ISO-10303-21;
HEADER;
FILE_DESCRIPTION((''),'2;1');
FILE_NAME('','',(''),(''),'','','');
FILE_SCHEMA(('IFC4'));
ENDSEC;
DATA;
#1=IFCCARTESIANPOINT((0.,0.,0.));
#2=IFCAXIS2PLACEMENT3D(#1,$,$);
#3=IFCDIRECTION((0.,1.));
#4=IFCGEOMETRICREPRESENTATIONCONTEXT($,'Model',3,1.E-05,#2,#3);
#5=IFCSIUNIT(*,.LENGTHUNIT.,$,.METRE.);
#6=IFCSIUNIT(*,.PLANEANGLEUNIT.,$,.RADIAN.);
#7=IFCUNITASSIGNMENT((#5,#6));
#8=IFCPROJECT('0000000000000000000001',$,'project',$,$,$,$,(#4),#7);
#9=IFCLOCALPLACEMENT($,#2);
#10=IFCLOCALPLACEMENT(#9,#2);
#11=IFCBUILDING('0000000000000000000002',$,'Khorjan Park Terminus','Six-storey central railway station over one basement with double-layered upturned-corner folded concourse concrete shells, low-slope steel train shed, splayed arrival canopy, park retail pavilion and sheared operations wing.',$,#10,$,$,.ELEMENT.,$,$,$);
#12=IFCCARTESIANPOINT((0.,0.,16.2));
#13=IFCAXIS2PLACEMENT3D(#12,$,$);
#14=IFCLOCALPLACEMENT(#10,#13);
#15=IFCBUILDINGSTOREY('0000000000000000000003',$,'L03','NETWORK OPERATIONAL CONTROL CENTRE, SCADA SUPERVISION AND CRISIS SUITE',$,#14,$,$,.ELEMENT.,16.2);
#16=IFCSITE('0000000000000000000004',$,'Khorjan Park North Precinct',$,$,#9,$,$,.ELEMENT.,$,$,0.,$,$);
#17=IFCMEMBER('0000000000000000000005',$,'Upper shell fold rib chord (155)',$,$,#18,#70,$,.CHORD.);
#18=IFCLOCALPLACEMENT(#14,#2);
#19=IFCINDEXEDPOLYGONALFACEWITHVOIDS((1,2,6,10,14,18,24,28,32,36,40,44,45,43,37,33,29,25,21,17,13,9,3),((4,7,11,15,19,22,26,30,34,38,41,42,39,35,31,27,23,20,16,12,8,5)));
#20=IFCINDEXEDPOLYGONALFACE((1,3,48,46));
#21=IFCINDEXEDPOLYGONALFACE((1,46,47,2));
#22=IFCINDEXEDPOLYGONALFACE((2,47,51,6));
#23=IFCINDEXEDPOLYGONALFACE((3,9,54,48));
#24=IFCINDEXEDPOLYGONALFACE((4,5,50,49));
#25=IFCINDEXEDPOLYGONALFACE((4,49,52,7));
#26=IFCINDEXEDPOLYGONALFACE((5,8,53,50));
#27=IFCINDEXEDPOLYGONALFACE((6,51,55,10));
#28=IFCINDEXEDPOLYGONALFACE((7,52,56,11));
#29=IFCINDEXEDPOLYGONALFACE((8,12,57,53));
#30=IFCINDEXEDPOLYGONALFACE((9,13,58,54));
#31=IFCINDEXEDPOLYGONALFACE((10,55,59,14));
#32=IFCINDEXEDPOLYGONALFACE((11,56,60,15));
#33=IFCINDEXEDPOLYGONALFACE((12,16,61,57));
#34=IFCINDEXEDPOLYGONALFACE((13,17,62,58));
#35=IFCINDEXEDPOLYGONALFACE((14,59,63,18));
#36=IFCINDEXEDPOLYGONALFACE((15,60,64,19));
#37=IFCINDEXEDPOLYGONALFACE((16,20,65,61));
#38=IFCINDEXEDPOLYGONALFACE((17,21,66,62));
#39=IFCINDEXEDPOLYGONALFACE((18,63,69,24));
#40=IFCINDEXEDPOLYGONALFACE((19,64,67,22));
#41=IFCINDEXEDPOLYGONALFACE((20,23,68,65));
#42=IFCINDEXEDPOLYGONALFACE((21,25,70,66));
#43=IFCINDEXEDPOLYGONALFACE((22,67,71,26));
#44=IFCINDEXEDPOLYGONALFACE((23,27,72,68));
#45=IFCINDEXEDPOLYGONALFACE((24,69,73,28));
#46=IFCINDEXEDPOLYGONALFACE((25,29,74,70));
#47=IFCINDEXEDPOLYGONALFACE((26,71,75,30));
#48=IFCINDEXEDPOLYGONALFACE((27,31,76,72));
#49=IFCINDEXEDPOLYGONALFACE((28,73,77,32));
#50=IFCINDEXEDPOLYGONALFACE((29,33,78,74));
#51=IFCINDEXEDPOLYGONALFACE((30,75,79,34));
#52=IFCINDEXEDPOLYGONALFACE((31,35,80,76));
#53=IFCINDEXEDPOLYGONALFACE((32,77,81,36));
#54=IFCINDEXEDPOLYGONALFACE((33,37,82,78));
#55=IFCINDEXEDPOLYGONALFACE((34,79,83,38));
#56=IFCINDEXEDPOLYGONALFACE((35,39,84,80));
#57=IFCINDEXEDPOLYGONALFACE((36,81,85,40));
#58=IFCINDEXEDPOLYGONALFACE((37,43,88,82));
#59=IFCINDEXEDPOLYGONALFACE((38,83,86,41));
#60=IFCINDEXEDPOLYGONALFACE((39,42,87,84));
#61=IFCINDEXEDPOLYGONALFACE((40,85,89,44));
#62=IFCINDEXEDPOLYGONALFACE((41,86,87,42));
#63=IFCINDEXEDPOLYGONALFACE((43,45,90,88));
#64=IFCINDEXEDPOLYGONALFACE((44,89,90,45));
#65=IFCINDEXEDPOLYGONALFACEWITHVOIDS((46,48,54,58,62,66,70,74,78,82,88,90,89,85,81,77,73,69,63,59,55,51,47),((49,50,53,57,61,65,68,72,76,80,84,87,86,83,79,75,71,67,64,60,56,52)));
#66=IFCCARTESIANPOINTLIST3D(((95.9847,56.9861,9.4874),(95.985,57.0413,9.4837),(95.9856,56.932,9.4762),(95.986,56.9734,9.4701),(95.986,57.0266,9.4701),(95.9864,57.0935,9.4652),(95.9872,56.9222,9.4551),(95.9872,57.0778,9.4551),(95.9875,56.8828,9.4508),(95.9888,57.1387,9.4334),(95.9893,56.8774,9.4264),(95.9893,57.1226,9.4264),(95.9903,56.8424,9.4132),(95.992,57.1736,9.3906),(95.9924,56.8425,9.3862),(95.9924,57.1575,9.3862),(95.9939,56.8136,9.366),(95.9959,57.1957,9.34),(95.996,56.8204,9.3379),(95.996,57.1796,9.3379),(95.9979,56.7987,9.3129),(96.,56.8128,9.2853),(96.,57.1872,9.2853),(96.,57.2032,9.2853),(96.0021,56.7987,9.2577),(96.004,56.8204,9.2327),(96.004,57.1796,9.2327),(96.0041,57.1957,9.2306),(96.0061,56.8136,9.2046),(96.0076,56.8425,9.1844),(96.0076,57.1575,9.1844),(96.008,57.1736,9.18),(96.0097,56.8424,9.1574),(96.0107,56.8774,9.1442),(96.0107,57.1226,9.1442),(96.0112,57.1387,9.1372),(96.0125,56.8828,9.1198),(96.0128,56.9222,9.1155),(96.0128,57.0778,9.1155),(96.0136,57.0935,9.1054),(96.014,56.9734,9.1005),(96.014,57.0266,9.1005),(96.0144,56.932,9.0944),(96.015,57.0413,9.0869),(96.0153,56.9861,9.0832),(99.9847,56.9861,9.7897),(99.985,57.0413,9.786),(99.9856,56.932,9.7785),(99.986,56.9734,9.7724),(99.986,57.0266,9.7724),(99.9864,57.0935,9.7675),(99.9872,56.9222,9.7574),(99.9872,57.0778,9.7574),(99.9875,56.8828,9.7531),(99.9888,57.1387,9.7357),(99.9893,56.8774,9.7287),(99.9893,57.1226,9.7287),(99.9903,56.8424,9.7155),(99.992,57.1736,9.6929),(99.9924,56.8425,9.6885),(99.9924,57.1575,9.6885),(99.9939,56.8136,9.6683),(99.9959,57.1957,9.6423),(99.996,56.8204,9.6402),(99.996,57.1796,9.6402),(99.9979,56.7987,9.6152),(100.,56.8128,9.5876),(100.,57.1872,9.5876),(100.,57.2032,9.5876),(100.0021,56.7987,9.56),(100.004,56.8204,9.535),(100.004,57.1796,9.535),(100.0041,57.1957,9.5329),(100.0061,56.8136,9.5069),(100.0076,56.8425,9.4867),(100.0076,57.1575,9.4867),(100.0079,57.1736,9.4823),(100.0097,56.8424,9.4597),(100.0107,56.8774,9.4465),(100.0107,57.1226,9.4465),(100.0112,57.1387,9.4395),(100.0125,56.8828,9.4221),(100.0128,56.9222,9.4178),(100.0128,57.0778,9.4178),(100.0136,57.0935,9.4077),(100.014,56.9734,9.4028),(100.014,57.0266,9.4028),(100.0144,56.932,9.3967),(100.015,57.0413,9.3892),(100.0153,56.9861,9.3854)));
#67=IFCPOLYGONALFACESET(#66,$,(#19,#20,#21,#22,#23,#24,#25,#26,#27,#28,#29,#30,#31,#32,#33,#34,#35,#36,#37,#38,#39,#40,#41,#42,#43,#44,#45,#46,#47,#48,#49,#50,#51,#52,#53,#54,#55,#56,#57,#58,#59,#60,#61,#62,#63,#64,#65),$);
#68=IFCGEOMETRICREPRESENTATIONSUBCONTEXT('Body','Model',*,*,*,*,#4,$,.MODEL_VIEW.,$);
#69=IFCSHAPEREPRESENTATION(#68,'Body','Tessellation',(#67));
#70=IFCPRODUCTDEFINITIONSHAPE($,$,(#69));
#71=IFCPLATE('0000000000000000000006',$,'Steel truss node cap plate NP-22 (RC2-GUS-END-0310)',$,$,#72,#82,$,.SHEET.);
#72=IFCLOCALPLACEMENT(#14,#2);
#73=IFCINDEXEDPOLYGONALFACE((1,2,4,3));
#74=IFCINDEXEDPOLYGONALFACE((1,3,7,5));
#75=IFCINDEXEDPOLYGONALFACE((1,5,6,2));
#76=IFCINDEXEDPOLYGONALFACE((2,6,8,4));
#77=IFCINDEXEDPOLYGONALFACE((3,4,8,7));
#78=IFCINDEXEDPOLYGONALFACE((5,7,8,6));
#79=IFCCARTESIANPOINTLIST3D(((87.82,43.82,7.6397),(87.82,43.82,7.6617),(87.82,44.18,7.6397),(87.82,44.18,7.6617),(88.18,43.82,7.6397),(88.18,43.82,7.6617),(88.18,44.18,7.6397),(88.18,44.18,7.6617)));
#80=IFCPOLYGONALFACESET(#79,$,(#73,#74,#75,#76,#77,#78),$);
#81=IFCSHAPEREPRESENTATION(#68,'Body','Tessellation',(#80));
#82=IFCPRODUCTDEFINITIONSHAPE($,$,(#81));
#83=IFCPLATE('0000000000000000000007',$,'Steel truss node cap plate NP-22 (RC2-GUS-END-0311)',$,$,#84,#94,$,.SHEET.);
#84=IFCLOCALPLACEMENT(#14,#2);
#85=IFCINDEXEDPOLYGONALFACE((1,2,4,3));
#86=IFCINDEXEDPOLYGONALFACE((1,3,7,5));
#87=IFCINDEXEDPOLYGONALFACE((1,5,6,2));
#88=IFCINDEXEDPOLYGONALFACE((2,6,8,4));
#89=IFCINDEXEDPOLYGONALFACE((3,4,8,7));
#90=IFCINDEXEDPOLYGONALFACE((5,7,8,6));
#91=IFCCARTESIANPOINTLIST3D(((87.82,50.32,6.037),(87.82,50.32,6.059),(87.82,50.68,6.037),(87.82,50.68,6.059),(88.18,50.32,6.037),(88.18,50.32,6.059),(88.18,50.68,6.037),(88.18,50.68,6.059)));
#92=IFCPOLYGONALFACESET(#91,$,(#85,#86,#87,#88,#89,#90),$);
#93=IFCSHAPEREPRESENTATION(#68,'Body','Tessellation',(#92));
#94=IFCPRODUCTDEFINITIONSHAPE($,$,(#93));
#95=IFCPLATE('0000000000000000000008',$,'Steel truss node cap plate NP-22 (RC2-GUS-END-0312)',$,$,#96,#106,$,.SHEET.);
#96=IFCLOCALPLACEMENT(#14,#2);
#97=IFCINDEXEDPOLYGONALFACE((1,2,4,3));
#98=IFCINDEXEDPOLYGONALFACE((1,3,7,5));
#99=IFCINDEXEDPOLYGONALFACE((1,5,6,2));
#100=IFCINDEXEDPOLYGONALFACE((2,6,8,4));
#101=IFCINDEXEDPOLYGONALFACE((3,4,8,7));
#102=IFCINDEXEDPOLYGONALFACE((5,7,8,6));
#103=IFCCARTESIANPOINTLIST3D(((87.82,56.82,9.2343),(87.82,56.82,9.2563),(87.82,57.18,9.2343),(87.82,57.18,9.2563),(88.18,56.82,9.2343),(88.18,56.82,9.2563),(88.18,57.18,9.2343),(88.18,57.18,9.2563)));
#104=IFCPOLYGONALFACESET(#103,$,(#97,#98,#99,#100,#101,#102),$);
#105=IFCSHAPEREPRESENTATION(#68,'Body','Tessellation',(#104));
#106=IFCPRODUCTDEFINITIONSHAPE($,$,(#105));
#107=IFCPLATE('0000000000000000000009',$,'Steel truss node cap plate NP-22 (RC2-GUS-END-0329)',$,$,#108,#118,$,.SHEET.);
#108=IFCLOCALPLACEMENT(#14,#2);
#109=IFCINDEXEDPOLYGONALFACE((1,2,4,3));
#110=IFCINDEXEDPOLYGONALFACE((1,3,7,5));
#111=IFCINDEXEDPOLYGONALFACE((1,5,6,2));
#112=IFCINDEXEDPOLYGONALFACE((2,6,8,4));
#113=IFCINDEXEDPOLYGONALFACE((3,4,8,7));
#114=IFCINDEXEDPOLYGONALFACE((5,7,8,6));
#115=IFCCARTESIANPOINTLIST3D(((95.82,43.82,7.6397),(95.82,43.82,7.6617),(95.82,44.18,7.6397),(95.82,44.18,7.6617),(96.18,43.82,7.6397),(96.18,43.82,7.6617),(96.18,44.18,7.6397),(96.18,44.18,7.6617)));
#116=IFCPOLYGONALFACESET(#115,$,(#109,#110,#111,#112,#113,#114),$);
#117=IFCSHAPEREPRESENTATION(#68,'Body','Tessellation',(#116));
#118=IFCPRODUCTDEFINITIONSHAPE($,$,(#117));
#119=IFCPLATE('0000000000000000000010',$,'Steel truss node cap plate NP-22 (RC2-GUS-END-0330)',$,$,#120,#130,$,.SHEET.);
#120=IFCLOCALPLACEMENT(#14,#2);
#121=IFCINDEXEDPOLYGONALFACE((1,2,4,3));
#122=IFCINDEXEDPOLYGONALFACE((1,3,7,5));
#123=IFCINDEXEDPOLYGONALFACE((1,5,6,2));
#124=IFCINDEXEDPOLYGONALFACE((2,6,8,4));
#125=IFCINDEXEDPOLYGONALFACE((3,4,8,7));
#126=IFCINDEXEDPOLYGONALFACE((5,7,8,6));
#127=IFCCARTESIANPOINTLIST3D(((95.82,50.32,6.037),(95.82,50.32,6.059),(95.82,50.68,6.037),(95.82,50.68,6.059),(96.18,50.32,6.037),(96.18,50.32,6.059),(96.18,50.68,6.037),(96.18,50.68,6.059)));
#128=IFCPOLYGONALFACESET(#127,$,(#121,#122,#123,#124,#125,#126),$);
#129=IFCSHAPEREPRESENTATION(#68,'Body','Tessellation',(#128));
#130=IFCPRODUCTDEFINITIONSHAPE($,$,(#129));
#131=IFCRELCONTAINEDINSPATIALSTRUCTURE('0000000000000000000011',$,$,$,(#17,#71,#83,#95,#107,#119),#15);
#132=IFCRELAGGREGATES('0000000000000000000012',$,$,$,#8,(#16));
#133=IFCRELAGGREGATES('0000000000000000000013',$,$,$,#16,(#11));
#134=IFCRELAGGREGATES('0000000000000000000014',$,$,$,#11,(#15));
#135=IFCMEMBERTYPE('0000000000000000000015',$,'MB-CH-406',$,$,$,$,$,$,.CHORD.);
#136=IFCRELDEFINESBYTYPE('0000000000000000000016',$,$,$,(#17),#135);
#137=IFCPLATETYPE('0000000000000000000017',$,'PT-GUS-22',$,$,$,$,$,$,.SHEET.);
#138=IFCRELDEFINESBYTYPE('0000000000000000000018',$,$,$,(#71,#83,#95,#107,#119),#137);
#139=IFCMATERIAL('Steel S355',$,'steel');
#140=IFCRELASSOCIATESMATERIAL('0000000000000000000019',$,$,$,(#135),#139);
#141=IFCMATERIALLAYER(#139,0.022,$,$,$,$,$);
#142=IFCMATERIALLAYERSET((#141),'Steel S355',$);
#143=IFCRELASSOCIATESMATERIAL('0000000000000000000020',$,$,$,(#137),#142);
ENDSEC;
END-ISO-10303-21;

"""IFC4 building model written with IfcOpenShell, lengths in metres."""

from ifc_helpers import new_model, si_unit, direction, frame, origin, origin_2d, place, context, subcontext, project, spatial, rectangle, hollow_circle, extrude, material, layer, layer_set, material_profile, profile_set, type_object, element, save


model = new_model("IFC4")

# Units and contexts
model_context = context("Model", 3, precision=1e-05, world=origin(), true_north=direction((0.0, 1.0)))
body_context = subcontext(model_context, "Body", "Model", "MODEL_VIEW")
ifc_project = project(units=[si_unit("LENGTHUNIT", "METRE"), si_unit("PLANEANGLEUNIT", "RADIAN")], contexts=[model_context])

# Site, building, storey
site_placement = place(None, origin())
site = spatial("IfcSite", under=ifc_project, at=site_placement, Name="Khorjan Park North Precinct", CompositionType="ELEMENT", RefElevation=0.0)
building_placement = place(site_placement, origin())
building = spatial("IfcBuilding", under=site, at=building_placement, Name="Khorjan Park Terminus", Description="Six-storey central railway station over one basement with double-layered upturned-corner folded concourse concrete shells, low-slope steel train shed, splayed arrival canopy, park retail pavilion and sheared operations wing.", CompositionType="ELEMENT")
storey_placement = place(building_placement, frame((0.0, 0.0, 16.2)))
storey = spatial("IfcBuildingStorey", under=building, at=storey_placement, Name="L03", Description="NETWORK OPERATIONAL CONTROL CENTRE, SCADA SUPERVISION AND CRISIS SUITE", CompositionType="ELEMENT", Elevation=16.2)

# Member
ifc_material = material(Name="Steel S355", Category="steel")
ifc_material_profile_1 = material_profile(ifc_material, hollow_circle(Radius=0.2032, WallThickness=0.016, at=origin_2d()), Name="CHS 406.4x16")
ifc_profile_set_1 = profile_set([ifc_material_profile_1], Name="Steel S355")
member_type_1 = type_object("IfcMemberType", Name="MB-CH-406", PredefinedType="CHORD", material=ifc_profile_set_1)
member_1_placement = place(storey_placement, frame((96.0, 57.0, 9.2853), z_axis=(0.997156, 0.0, 0.07536), x_axis=(0.0, 1.0, 0.0)))
element("IfcMember", 1, at=member_1_placement, inside=storey, type_object=member_type_1, Name="Upper shell fold rib chord (155)", PredefinedType="CHORD", context=body_context, shape_type="SweptSolid", body=[
    extrude(hollow_circle(Radius=0.2032, WallThickness=0.016, at=origin_2d()), origin(), (0.0, 0.0, 1.0), 4.0114),
])

# Plates
ifc_layer = layer(ifc_material, 0.022)
ifc_layer_set = layer_set([ifc_layer], Name="Steel S355")
plate_type = type_object("IfcPlateType", Name="PT-GUS-22", PredefinedType="SHEET", material=ifc_layer_set)
for number, where, z_axis, x_axis, name in (
    (2, (88.0, 44.0, 7.6397), (0.0, 0.0, 1.0), (1.0, 0.0, 0.0), "Steel truss node cap plate NP-22 (RC2-GUS-END-0310)"),
    (3, (88.0, 50.5, 6.037), (0.0, 0.0, 1.0), (1.0, 0.0, 0.0), "Steel truss node cap plate NP-22 (RC2-GUS-END-0311)"),
    (4, (88.0, 57.0, 9.2343), (0.0, 0.0, 1.0), (1.0, 0.0, 0.0), "Steel truss node cap plate NP-22 (RC2-GUS-END-0312)"),
    (5, (96.0, 44.0, 7.6397), (0.0, 0.0, 1.0), (1.0, 0.0, 0.0), "Steel truss node cap plate NP-22 (RC2-GUS-END-0329)"),
    (6, (96.0, 50.5, 6.037), (0.0, 0.0, 1.0), (1.0, 0.0, 0.0), "Steel truss node cap plate NP-22 (RC2-GUS-END-0330)"),
):
    element("IfcPlate", number, at=place(storey_placement, frame(where, z_axis=z_axis, x_axis=x_axis)), inside=storey, type_object=plate_type, Name=name, PredefinedType="SHEET", context=body_context, shape_type="SweptSolid", body=[
        extrude(rectangle(XDim=0.36, YDim=0.36, at=origin_2d()), origin(), (0.0, 0.0, 1.0), 0.022),
    ])

save(model, "model.ifc")
